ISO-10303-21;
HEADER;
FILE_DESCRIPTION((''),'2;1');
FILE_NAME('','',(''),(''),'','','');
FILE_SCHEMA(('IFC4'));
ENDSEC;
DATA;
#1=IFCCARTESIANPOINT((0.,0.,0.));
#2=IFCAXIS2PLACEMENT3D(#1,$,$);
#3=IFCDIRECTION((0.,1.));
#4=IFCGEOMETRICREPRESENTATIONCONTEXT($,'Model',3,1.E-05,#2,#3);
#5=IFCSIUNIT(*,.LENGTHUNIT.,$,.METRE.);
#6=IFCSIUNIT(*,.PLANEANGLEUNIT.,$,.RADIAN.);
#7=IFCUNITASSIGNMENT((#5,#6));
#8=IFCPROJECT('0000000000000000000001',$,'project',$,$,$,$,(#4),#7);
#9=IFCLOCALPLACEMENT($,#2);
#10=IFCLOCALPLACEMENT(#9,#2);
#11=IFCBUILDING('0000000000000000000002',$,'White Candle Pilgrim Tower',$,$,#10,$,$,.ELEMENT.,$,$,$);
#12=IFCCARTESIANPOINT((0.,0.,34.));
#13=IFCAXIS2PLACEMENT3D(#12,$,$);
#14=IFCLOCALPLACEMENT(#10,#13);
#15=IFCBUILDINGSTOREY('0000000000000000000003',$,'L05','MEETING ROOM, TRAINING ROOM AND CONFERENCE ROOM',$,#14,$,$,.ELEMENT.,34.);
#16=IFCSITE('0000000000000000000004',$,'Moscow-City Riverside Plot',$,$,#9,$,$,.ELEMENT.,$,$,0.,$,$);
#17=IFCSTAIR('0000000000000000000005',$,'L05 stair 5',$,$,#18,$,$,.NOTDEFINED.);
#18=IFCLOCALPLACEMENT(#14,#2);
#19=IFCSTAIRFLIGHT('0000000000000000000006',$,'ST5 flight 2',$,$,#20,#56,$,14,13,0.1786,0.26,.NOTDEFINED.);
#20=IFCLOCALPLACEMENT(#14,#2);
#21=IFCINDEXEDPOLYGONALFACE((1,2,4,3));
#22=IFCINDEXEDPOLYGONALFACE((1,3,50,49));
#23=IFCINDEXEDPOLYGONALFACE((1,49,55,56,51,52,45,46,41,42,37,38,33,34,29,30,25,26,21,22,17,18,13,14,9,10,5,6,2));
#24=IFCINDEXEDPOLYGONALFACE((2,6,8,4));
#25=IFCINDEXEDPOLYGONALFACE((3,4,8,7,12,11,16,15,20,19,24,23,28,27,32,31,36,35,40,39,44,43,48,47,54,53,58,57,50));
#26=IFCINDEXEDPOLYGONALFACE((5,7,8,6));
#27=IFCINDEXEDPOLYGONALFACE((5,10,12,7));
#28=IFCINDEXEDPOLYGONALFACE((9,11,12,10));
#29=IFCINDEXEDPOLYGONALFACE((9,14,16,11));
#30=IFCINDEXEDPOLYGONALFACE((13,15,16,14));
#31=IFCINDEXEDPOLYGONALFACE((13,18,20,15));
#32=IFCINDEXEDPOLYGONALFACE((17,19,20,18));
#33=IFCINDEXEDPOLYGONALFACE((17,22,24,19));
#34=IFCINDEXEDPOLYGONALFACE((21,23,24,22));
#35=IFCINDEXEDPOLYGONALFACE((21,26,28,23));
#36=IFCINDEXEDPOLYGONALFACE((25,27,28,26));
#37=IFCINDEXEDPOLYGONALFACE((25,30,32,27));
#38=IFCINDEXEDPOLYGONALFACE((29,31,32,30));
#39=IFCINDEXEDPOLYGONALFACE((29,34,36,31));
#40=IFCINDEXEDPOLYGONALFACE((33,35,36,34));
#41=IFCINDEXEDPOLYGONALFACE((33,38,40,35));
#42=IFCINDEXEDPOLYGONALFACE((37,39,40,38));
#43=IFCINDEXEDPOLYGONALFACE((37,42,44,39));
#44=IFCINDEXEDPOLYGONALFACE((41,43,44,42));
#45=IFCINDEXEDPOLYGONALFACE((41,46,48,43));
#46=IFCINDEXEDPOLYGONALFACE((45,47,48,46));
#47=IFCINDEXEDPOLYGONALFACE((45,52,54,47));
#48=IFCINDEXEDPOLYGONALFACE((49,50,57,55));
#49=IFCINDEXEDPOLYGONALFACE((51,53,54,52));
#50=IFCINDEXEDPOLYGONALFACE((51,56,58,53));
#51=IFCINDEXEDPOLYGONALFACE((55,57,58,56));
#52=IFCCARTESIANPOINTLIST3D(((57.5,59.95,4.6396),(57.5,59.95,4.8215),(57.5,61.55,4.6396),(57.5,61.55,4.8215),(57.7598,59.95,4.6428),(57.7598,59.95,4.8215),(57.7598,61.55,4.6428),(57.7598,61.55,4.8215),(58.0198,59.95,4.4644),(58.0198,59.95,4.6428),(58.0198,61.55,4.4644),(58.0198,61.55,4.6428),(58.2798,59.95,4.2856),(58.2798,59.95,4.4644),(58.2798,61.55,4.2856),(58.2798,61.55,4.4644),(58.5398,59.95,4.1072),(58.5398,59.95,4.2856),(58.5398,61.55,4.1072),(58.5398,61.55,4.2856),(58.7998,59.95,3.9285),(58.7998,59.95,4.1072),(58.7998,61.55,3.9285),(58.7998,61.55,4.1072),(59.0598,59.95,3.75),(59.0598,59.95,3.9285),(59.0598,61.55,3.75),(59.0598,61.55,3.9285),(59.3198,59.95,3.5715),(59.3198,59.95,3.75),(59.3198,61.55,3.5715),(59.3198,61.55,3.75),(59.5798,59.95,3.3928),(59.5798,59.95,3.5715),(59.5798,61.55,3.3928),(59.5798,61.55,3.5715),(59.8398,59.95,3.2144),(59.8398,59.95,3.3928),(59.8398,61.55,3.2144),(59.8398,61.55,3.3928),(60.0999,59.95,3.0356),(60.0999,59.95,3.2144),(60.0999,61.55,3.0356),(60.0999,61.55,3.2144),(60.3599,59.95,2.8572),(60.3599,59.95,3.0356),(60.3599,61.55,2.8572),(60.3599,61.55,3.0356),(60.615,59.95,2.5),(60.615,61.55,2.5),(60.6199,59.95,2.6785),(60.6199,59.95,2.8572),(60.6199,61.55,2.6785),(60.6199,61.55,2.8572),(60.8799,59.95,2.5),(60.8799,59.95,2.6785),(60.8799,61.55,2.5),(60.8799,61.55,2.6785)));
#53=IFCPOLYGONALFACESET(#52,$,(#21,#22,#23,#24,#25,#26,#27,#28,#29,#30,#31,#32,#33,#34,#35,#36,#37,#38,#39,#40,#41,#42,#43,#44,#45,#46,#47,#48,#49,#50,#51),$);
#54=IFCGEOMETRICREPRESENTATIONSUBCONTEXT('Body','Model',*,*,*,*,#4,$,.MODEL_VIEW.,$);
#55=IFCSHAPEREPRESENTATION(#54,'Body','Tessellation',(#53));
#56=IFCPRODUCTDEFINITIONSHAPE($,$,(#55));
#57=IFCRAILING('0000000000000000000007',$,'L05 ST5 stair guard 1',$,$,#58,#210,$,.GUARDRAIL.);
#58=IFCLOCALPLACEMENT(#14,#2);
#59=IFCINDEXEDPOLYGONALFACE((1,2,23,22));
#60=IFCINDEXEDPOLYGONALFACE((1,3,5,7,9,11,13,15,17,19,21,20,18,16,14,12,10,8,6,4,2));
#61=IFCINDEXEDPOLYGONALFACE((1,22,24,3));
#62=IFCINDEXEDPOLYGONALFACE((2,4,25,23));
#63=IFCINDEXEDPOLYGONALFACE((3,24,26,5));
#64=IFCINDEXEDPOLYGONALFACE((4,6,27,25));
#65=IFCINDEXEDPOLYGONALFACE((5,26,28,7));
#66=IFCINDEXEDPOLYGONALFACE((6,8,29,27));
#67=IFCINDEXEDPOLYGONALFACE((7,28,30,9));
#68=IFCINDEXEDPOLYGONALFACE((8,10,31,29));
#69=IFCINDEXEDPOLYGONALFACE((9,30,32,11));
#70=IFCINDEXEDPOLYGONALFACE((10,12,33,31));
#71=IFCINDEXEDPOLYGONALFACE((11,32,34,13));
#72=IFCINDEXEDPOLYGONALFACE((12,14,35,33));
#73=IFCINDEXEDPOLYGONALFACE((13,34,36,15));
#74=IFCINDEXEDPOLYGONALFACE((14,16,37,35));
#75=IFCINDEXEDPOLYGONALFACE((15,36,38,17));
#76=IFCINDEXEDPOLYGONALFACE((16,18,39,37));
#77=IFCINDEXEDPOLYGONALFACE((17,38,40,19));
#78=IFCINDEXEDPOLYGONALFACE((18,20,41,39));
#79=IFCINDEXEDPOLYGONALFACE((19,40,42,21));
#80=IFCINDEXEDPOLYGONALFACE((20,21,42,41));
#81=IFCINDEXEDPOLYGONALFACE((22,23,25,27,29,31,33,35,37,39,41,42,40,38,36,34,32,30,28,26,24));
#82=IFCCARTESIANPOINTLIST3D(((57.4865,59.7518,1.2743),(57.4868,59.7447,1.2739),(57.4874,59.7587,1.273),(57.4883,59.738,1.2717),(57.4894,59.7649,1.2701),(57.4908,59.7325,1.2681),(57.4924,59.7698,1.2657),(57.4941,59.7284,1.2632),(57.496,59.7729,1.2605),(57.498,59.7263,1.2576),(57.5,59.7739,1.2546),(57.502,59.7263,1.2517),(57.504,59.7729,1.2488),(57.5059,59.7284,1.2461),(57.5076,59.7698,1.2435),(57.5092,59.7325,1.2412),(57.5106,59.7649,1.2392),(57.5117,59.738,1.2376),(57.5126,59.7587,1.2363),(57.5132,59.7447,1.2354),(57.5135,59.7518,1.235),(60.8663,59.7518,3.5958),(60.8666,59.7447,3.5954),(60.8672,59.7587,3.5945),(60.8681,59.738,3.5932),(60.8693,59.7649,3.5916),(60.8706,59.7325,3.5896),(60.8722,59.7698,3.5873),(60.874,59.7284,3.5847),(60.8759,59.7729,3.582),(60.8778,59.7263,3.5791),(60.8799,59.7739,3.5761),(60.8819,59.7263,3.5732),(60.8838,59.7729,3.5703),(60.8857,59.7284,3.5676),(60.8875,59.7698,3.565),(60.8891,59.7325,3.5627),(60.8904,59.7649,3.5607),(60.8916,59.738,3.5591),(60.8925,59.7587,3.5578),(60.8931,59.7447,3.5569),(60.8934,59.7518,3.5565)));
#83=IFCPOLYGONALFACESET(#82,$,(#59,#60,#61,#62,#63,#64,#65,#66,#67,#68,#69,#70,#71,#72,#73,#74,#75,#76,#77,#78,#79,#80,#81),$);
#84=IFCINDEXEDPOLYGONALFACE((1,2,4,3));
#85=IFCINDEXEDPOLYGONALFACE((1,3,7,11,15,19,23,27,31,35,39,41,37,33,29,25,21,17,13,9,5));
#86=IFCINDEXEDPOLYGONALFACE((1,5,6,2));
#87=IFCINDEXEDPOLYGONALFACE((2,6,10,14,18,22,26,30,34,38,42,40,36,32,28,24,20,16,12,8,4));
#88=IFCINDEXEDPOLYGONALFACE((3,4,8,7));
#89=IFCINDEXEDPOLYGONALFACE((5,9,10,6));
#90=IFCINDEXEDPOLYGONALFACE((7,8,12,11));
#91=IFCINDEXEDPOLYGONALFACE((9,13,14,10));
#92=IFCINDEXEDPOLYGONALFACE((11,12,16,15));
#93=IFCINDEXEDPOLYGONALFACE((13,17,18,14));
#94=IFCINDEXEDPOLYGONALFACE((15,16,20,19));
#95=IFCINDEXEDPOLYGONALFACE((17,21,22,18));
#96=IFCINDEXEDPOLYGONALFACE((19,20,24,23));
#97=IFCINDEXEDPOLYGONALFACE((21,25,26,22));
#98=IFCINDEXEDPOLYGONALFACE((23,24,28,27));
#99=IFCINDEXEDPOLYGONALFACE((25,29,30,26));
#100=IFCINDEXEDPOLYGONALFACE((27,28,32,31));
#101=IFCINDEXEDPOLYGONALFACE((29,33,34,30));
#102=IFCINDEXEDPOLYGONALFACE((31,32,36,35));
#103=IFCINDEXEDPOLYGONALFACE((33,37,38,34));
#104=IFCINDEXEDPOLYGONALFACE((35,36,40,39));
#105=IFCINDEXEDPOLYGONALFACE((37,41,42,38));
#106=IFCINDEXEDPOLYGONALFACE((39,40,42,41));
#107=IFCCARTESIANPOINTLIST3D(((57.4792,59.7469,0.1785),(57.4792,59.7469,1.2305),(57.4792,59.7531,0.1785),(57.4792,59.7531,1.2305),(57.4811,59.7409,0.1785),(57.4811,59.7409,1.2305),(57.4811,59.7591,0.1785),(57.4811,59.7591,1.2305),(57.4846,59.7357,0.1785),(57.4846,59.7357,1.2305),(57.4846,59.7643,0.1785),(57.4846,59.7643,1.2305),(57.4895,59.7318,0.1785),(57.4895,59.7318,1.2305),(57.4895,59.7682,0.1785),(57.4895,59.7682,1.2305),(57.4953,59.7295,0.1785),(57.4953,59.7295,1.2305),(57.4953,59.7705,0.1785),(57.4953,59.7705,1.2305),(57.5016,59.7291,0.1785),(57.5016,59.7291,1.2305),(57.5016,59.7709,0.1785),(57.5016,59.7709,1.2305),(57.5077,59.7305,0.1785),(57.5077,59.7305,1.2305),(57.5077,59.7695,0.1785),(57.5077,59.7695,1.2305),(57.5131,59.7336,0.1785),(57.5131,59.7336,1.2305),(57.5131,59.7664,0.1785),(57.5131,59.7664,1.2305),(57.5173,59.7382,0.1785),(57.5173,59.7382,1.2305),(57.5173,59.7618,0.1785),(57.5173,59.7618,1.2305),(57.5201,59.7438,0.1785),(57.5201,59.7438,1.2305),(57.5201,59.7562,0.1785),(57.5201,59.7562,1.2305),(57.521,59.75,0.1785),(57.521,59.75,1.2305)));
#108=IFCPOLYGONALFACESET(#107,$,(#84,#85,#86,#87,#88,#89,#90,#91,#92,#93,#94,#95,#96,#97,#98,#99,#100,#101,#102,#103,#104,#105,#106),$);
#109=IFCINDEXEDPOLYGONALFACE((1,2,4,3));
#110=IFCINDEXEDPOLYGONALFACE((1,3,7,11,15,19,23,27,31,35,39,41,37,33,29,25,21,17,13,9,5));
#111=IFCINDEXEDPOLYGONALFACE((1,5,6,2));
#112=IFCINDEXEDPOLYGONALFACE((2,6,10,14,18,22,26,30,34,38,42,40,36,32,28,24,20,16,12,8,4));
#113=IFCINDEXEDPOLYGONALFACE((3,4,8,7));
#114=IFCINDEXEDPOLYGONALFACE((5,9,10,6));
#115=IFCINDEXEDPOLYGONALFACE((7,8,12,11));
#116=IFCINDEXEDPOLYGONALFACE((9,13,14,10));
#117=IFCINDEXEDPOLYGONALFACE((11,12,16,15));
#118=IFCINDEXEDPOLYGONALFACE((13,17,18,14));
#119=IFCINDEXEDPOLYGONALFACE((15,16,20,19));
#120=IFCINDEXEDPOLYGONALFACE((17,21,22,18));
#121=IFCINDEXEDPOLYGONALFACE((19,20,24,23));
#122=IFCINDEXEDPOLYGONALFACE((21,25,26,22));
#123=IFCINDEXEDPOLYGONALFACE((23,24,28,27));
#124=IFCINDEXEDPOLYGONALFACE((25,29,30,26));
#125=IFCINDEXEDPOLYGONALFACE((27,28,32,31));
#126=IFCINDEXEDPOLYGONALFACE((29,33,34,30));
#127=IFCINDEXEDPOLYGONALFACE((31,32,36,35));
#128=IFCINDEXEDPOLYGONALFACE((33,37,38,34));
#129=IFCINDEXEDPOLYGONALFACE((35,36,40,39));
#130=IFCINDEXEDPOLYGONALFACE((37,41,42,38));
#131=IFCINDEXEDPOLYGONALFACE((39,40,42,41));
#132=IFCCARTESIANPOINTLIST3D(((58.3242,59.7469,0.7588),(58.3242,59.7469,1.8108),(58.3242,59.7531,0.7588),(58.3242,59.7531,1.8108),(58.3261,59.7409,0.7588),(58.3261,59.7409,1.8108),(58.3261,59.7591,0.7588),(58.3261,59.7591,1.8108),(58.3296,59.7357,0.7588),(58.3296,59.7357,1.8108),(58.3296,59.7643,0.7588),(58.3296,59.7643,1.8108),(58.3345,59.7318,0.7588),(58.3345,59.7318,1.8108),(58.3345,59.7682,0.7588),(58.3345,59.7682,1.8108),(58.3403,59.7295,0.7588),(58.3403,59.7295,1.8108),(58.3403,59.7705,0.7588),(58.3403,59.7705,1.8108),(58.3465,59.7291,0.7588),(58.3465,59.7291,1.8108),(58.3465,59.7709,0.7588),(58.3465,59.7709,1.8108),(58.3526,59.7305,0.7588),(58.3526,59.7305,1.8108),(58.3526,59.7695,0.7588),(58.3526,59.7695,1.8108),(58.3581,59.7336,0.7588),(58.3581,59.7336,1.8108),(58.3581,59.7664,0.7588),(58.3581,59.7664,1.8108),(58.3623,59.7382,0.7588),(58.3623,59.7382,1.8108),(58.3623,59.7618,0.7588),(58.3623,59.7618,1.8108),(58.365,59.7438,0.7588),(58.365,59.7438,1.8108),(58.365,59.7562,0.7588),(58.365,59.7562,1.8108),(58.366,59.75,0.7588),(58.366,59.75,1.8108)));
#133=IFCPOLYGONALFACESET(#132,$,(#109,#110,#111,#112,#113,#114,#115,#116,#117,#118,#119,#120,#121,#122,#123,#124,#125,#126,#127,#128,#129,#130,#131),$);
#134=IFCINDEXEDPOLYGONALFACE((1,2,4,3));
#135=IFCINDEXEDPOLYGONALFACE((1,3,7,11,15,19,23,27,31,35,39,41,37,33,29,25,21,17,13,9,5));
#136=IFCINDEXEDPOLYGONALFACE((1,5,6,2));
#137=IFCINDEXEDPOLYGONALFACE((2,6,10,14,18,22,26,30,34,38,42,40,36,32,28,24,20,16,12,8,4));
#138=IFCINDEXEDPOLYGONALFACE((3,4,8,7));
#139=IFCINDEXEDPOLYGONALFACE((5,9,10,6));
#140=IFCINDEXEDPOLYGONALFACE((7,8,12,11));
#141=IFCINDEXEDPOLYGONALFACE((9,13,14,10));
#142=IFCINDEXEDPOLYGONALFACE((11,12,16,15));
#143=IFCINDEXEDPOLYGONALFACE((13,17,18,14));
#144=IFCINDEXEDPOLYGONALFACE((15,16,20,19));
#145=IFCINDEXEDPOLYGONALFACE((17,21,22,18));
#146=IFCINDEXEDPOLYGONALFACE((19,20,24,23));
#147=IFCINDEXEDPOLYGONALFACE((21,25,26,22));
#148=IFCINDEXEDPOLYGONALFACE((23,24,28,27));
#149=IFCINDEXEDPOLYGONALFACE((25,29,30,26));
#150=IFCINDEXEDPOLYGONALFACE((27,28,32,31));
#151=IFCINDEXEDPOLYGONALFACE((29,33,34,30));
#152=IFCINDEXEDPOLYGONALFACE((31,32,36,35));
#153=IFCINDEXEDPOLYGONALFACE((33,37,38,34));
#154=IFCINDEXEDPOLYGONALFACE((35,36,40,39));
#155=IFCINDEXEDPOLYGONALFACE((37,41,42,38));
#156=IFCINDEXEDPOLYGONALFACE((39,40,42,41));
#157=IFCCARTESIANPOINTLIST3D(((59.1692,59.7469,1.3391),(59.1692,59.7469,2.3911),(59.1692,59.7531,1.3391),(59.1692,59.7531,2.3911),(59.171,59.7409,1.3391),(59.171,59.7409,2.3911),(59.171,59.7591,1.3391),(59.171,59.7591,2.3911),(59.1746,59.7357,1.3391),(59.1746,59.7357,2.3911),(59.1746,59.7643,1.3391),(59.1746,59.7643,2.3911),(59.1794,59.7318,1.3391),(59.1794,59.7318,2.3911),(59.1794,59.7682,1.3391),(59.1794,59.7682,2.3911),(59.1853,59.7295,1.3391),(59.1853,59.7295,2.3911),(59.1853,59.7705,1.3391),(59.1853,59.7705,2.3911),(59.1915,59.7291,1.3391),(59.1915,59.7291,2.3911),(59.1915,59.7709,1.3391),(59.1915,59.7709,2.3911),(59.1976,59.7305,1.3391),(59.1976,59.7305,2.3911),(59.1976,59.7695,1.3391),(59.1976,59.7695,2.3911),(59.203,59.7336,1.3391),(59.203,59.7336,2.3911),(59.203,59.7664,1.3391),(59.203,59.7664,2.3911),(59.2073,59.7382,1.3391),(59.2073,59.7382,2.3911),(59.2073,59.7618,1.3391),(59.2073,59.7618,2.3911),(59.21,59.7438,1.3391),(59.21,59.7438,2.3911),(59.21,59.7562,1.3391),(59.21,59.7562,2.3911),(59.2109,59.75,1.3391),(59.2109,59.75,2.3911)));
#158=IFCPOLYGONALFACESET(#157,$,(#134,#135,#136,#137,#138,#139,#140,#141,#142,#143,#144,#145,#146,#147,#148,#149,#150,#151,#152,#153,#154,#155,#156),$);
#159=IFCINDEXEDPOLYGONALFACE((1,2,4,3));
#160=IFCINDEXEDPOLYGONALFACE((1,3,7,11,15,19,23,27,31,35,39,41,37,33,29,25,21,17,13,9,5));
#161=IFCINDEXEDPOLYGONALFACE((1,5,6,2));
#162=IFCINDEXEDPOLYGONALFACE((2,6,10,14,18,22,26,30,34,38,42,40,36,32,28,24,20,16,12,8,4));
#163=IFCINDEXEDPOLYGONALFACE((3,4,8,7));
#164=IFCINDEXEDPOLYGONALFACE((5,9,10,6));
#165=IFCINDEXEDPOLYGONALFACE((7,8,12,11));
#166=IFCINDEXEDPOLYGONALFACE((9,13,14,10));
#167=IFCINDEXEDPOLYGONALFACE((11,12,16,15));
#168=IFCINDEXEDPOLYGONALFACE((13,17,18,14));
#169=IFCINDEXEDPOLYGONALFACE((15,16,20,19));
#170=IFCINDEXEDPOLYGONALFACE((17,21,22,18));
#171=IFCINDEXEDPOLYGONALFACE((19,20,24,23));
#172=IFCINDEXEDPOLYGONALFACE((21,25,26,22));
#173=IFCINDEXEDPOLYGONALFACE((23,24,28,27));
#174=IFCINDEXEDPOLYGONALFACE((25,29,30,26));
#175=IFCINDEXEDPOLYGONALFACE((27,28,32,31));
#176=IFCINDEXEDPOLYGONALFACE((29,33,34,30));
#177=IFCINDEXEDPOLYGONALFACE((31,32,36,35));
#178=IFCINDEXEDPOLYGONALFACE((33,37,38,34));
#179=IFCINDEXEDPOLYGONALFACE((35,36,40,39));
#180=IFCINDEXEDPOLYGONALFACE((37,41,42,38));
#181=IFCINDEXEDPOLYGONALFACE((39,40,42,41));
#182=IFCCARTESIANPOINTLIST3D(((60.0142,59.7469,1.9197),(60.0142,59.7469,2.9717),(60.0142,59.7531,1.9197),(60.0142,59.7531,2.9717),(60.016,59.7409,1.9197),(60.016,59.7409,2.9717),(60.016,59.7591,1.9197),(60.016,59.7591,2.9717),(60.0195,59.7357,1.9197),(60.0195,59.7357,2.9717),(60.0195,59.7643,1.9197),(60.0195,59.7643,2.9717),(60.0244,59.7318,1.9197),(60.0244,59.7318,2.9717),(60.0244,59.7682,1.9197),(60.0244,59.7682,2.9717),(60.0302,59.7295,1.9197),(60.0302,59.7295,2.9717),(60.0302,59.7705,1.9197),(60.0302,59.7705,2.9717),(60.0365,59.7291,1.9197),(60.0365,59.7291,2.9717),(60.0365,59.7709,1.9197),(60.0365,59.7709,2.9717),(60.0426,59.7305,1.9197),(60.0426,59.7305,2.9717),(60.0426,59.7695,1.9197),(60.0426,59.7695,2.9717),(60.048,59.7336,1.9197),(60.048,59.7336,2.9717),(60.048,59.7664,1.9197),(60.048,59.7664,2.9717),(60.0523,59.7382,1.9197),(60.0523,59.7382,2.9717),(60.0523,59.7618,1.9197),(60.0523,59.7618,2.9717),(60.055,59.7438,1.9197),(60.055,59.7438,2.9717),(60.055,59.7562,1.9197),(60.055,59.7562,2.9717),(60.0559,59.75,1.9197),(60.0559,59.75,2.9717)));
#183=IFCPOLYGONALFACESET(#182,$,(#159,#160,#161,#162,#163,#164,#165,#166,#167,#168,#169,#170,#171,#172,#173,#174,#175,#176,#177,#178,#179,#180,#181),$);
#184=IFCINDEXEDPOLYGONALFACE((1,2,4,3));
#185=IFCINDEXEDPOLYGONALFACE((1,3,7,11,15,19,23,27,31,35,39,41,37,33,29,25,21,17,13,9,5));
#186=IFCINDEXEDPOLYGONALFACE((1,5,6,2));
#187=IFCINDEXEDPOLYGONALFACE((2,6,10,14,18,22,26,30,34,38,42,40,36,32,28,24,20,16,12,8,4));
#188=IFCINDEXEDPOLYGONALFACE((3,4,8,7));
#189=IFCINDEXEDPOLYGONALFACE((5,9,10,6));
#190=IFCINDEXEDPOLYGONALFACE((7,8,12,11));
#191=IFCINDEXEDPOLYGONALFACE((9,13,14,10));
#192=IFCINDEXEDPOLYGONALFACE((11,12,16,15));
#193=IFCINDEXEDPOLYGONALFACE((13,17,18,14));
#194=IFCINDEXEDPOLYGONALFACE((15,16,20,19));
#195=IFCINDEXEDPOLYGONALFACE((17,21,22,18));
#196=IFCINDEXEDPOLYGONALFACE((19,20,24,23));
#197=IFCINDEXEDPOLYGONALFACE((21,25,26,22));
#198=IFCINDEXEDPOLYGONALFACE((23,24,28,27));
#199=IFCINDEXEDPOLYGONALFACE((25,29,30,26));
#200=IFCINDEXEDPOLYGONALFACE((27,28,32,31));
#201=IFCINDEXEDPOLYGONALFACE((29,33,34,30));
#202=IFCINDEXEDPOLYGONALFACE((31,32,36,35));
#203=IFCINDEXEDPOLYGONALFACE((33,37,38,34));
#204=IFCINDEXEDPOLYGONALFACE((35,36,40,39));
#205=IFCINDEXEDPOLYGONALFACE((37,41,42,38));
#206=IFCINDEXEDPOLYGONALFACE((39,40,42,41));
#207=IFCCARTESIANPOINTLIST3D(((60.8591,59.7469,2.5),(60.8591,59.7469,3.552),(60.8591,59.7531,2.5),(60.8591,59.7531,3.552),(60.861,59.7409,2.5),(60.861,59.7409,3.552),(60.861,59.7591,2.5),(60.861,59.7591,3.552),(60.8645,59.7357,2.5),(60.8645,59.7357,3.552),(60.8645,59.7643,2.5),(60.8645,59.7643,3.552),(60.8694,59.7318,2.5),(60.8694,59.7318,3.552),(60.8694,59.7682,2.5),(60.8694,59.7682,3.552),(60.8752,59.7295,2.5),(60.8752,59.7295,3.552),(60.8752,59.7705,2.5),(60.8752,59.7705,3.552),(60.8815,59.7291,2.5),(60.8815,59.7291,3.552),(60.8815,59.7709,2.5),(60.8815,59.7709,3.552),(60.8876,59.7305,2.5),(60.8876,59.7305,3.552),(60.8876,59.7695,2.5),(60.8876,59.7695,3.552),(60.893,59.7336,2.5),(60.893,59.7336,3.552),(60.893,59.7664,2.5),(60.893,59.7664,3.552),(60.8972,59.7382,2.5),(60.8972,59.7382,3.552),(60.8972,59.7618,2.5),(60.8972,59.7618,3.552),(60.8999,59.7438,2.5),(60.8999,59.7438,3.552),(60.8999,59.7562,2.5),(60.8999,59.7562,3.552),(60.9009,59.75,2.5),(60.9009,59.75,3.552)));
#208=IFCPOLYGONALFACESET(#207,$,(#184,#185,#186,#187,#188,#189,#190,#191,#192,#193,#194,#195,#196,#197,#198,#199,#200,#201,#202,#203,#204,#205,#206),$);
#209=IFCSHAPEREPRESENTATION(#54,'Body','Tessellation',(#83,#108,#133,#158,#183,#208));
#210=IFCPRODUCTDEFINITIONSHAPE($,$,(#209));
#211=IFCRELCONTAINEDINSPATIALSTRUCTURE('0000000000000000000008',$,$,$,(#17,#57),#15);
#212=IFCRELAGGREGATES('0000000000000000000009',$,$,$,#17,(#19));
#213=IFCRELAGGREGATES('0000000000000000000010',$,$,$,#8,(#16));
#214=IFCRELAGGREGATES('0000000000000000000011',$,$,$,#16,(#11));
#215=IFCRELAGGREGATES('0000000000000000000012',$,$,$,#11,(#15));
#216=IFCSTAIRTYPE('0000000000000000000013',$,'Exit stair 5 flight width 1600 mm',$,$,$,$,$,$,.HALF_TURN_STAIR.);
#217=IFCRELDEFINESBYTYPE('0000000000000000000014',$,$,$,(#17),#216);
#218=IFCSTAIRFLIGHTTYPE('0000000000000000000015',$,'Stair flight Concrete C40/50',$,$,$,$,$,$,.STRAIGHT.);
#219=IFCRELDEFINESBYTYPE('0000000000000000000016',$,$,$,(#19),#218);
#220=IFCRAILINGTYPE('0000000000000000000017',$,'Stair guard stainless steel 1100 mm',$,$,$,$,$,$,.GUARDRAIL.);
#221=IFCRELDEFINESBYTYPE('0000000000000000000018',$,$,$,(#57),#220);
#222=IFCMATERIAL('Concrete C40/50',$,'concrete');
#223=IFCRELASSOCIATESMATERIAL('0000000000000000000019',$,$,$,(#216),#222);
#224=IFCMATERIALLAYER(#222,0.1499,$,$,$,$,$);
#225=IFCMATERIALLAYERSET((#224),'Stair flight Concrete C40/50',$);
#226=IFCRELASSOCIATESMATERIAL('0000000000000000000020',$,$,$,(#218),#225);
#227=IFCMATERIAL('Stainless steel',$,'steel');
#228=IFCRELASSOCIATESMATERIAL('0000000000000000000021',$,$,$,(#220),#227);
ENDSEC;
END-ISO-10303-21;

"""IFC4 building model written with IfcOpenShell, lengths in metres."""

from ifc_helpers import new_model, si_unit, direction, frame, origin, origin_2d, place, context, subcontext, project, spatial, polyline, circle, outline, extrude, material, layer, layer_set, type_object, element, aggregate, save


model = new_model("IFC4")

# Units and contexts
model_context = context("Model", 3, precision=1e-05, world=origin(), true_north=direction((0.0, 1.0)))
body_context = subcontext(model_context, "Body", "Model", "MODEL_VIEW")
ifc_project = project(units=[si_unit("LENGTHUNIT", "METRE"), si_unit("PLANEANGLEUNIT", "RADIAN")], contexts=[model_context])

# Site, building, storey
site_placement = place(None, origin())
site = spatial("IfcSite", under=ifc_project, at=site_placement, Name="Moscow-City Riverside Plot", CompositionType="ELEMENT", RefElevation=0.0)
building_placement = place(site_placement, origin())
building = spatial("IfcBuilding", under=site, at=building_placement, Name="White Candle Pilgrim Tower", CompositionType="ELEMENT")
storey_placement = place(building_placement, frame((0.0, 0.0, 34.0)))
storey = spatial("IfcBuildingStorey", under=building, at=storey_placement, Name="L05", Description="MEETING ROOM, TRAINING ROOM AND CONFERENCE ROOM", CompositionType="ELEMENT", Elevation=34.0)

# Stair, stair flight
ifc_material_1 = material(Name="Concrete C40/50", Category="concrete")
stair_type = type_object("IfcStairType", Name="Exit stair 5 flight width 1600 mm", PredefinedType="HALF_TURN_STAIR", material=ifc_material_1)
stair_placement = place(storey_placement, origin())
stair = element("IfcStair", 1, at=stair_placement, inside=storey, type_object=stair_type, Name="L05 stair 5", PredefinedType="NOTDEFINED")
ifc_layer_1 = layer(ifc_material_1, 0.1499)
ifc_layer_set_1 = layer_set([ifc_layer_1], Name="Stair flight Concrete C40/50")
stair_flight_type = type_object("IfcStairFlightType", Name="Stair flight Concrete C40/50", PredefinedType="STRAIGHT", material=ifc_layer_set_1)
stair_flight_1_placement = place(storey_placement, frame((60.8799, 60.75, 2.5), z_axis=(0.0, 0.0, 1.0), x_axis=(-1.0, 0.0, 0.0)))
stair_flight_1 = element("IfcStairFlight", 2, at=stair_flight_1_placement, type_object=stair_flight_type, Name="ST5 flight 2", NumberOfRisers=14, NumberOfTreads=13, PredefinedType="NOTDEFINED", RiserHeight=0.1786, TreadLength=0.26, context=body_context, shape_type="SweptSolid", body=[
    extrude(outline(polyline([(0.0, 0.0), (0.0, 0.1785), (0.26, 0.1785), (0.26, 0.3572), (0.52, 0.3572), (0.52, 0.5356), (0.78, 0.5356), (0.78, 0.7144), (1.04, 0.7144), (1.04, 0.8928), (1.3, 0.8928), (1.3, 1.0715), (1.5601, 1.0715), (1.5601, 1.25), (1.8201, 1.25), (1.8201, 1.4285), (2.0801, 1.4285), (2.0801, 1.6072), (2.3401, 1.6072), (2.3401, 1.7856), (2.6001, 1.7856), (2.6001, 1.9644), (2.8601, 1.9644), (2.8601, 2.1428), (3.1201, 2.1428), (3.1201, 2.3215), (3.3799, 2.3215), (3.3799, 2.5), (3.3799, 2.1396), (0.2649, 0.0), (0.0, 0.0)])), frame((0.0, 0.8, 0.0), z_axis=(0.0, -1.0, 0.0), x_axis=(1.0, 0.0, 0.0)), (0.0, 0.0, 1.0), 1.6001),
])
aggregate(stair, [stair_flight_1])

# Railing
ifc_material_2 = material(Name="Stainless steel", Category="steel")
railing_type_1 = type_object("IfcRailingType", Name="Stair guard stainless steel 1100 mm", PredefinedType="GUARDRAIL", material=ifc_material_2)
railing_1_placement = place(storey_placement, frame((57.5, 59.75, 0.1785)))
element("IfcRailing", 3, at=railing_1_placement, inside=storey, type_object=railing_type_1, Name="L05 ST5 stair guard 1", PredefinedType="GUARDRAIL", context=body_context, shape_type="SweptSolid", body=[
    extrude(circle(Radius=0.0239, at=origin_2d()), frame((0.0, 0.0, 1.0762), z_axis=(0.824285, 0.0, 0.566175), x_axis=(0.0, 1.0, 0.0)), (0.0, 0.0, 1.0), 4.1003),
    extrude(circle(Radius=0.021, at=origin_2d()), origin(), (0.0, 0.0, 1.0), 1.052),
    extrude(circle(Radius=0.021, at=origin_2d()), frame((0.845, 0.0, 0.5803)), (0.0, 0.0, 1.0), 1.052),
    extrude(circle(Radius=0.021, at=origin_2d()), frame((1.6899, 0.0, 1.1606)), (0.0, 0.0, 1.0), 1.052),
    extrude(circle(Radius=0.021, at=origin_2d()), frame((2.5349, 0.0, 1.7412)), (0.0, 0.0, 1.0), 1.052),
    extrude(circle(Radius=0.021, at=origin_2d()), frame((3.3799, 0.0, 2.3215)), (0.0, 0.0, 1.0), 1.052),
])

save(model, "model.ifc")
